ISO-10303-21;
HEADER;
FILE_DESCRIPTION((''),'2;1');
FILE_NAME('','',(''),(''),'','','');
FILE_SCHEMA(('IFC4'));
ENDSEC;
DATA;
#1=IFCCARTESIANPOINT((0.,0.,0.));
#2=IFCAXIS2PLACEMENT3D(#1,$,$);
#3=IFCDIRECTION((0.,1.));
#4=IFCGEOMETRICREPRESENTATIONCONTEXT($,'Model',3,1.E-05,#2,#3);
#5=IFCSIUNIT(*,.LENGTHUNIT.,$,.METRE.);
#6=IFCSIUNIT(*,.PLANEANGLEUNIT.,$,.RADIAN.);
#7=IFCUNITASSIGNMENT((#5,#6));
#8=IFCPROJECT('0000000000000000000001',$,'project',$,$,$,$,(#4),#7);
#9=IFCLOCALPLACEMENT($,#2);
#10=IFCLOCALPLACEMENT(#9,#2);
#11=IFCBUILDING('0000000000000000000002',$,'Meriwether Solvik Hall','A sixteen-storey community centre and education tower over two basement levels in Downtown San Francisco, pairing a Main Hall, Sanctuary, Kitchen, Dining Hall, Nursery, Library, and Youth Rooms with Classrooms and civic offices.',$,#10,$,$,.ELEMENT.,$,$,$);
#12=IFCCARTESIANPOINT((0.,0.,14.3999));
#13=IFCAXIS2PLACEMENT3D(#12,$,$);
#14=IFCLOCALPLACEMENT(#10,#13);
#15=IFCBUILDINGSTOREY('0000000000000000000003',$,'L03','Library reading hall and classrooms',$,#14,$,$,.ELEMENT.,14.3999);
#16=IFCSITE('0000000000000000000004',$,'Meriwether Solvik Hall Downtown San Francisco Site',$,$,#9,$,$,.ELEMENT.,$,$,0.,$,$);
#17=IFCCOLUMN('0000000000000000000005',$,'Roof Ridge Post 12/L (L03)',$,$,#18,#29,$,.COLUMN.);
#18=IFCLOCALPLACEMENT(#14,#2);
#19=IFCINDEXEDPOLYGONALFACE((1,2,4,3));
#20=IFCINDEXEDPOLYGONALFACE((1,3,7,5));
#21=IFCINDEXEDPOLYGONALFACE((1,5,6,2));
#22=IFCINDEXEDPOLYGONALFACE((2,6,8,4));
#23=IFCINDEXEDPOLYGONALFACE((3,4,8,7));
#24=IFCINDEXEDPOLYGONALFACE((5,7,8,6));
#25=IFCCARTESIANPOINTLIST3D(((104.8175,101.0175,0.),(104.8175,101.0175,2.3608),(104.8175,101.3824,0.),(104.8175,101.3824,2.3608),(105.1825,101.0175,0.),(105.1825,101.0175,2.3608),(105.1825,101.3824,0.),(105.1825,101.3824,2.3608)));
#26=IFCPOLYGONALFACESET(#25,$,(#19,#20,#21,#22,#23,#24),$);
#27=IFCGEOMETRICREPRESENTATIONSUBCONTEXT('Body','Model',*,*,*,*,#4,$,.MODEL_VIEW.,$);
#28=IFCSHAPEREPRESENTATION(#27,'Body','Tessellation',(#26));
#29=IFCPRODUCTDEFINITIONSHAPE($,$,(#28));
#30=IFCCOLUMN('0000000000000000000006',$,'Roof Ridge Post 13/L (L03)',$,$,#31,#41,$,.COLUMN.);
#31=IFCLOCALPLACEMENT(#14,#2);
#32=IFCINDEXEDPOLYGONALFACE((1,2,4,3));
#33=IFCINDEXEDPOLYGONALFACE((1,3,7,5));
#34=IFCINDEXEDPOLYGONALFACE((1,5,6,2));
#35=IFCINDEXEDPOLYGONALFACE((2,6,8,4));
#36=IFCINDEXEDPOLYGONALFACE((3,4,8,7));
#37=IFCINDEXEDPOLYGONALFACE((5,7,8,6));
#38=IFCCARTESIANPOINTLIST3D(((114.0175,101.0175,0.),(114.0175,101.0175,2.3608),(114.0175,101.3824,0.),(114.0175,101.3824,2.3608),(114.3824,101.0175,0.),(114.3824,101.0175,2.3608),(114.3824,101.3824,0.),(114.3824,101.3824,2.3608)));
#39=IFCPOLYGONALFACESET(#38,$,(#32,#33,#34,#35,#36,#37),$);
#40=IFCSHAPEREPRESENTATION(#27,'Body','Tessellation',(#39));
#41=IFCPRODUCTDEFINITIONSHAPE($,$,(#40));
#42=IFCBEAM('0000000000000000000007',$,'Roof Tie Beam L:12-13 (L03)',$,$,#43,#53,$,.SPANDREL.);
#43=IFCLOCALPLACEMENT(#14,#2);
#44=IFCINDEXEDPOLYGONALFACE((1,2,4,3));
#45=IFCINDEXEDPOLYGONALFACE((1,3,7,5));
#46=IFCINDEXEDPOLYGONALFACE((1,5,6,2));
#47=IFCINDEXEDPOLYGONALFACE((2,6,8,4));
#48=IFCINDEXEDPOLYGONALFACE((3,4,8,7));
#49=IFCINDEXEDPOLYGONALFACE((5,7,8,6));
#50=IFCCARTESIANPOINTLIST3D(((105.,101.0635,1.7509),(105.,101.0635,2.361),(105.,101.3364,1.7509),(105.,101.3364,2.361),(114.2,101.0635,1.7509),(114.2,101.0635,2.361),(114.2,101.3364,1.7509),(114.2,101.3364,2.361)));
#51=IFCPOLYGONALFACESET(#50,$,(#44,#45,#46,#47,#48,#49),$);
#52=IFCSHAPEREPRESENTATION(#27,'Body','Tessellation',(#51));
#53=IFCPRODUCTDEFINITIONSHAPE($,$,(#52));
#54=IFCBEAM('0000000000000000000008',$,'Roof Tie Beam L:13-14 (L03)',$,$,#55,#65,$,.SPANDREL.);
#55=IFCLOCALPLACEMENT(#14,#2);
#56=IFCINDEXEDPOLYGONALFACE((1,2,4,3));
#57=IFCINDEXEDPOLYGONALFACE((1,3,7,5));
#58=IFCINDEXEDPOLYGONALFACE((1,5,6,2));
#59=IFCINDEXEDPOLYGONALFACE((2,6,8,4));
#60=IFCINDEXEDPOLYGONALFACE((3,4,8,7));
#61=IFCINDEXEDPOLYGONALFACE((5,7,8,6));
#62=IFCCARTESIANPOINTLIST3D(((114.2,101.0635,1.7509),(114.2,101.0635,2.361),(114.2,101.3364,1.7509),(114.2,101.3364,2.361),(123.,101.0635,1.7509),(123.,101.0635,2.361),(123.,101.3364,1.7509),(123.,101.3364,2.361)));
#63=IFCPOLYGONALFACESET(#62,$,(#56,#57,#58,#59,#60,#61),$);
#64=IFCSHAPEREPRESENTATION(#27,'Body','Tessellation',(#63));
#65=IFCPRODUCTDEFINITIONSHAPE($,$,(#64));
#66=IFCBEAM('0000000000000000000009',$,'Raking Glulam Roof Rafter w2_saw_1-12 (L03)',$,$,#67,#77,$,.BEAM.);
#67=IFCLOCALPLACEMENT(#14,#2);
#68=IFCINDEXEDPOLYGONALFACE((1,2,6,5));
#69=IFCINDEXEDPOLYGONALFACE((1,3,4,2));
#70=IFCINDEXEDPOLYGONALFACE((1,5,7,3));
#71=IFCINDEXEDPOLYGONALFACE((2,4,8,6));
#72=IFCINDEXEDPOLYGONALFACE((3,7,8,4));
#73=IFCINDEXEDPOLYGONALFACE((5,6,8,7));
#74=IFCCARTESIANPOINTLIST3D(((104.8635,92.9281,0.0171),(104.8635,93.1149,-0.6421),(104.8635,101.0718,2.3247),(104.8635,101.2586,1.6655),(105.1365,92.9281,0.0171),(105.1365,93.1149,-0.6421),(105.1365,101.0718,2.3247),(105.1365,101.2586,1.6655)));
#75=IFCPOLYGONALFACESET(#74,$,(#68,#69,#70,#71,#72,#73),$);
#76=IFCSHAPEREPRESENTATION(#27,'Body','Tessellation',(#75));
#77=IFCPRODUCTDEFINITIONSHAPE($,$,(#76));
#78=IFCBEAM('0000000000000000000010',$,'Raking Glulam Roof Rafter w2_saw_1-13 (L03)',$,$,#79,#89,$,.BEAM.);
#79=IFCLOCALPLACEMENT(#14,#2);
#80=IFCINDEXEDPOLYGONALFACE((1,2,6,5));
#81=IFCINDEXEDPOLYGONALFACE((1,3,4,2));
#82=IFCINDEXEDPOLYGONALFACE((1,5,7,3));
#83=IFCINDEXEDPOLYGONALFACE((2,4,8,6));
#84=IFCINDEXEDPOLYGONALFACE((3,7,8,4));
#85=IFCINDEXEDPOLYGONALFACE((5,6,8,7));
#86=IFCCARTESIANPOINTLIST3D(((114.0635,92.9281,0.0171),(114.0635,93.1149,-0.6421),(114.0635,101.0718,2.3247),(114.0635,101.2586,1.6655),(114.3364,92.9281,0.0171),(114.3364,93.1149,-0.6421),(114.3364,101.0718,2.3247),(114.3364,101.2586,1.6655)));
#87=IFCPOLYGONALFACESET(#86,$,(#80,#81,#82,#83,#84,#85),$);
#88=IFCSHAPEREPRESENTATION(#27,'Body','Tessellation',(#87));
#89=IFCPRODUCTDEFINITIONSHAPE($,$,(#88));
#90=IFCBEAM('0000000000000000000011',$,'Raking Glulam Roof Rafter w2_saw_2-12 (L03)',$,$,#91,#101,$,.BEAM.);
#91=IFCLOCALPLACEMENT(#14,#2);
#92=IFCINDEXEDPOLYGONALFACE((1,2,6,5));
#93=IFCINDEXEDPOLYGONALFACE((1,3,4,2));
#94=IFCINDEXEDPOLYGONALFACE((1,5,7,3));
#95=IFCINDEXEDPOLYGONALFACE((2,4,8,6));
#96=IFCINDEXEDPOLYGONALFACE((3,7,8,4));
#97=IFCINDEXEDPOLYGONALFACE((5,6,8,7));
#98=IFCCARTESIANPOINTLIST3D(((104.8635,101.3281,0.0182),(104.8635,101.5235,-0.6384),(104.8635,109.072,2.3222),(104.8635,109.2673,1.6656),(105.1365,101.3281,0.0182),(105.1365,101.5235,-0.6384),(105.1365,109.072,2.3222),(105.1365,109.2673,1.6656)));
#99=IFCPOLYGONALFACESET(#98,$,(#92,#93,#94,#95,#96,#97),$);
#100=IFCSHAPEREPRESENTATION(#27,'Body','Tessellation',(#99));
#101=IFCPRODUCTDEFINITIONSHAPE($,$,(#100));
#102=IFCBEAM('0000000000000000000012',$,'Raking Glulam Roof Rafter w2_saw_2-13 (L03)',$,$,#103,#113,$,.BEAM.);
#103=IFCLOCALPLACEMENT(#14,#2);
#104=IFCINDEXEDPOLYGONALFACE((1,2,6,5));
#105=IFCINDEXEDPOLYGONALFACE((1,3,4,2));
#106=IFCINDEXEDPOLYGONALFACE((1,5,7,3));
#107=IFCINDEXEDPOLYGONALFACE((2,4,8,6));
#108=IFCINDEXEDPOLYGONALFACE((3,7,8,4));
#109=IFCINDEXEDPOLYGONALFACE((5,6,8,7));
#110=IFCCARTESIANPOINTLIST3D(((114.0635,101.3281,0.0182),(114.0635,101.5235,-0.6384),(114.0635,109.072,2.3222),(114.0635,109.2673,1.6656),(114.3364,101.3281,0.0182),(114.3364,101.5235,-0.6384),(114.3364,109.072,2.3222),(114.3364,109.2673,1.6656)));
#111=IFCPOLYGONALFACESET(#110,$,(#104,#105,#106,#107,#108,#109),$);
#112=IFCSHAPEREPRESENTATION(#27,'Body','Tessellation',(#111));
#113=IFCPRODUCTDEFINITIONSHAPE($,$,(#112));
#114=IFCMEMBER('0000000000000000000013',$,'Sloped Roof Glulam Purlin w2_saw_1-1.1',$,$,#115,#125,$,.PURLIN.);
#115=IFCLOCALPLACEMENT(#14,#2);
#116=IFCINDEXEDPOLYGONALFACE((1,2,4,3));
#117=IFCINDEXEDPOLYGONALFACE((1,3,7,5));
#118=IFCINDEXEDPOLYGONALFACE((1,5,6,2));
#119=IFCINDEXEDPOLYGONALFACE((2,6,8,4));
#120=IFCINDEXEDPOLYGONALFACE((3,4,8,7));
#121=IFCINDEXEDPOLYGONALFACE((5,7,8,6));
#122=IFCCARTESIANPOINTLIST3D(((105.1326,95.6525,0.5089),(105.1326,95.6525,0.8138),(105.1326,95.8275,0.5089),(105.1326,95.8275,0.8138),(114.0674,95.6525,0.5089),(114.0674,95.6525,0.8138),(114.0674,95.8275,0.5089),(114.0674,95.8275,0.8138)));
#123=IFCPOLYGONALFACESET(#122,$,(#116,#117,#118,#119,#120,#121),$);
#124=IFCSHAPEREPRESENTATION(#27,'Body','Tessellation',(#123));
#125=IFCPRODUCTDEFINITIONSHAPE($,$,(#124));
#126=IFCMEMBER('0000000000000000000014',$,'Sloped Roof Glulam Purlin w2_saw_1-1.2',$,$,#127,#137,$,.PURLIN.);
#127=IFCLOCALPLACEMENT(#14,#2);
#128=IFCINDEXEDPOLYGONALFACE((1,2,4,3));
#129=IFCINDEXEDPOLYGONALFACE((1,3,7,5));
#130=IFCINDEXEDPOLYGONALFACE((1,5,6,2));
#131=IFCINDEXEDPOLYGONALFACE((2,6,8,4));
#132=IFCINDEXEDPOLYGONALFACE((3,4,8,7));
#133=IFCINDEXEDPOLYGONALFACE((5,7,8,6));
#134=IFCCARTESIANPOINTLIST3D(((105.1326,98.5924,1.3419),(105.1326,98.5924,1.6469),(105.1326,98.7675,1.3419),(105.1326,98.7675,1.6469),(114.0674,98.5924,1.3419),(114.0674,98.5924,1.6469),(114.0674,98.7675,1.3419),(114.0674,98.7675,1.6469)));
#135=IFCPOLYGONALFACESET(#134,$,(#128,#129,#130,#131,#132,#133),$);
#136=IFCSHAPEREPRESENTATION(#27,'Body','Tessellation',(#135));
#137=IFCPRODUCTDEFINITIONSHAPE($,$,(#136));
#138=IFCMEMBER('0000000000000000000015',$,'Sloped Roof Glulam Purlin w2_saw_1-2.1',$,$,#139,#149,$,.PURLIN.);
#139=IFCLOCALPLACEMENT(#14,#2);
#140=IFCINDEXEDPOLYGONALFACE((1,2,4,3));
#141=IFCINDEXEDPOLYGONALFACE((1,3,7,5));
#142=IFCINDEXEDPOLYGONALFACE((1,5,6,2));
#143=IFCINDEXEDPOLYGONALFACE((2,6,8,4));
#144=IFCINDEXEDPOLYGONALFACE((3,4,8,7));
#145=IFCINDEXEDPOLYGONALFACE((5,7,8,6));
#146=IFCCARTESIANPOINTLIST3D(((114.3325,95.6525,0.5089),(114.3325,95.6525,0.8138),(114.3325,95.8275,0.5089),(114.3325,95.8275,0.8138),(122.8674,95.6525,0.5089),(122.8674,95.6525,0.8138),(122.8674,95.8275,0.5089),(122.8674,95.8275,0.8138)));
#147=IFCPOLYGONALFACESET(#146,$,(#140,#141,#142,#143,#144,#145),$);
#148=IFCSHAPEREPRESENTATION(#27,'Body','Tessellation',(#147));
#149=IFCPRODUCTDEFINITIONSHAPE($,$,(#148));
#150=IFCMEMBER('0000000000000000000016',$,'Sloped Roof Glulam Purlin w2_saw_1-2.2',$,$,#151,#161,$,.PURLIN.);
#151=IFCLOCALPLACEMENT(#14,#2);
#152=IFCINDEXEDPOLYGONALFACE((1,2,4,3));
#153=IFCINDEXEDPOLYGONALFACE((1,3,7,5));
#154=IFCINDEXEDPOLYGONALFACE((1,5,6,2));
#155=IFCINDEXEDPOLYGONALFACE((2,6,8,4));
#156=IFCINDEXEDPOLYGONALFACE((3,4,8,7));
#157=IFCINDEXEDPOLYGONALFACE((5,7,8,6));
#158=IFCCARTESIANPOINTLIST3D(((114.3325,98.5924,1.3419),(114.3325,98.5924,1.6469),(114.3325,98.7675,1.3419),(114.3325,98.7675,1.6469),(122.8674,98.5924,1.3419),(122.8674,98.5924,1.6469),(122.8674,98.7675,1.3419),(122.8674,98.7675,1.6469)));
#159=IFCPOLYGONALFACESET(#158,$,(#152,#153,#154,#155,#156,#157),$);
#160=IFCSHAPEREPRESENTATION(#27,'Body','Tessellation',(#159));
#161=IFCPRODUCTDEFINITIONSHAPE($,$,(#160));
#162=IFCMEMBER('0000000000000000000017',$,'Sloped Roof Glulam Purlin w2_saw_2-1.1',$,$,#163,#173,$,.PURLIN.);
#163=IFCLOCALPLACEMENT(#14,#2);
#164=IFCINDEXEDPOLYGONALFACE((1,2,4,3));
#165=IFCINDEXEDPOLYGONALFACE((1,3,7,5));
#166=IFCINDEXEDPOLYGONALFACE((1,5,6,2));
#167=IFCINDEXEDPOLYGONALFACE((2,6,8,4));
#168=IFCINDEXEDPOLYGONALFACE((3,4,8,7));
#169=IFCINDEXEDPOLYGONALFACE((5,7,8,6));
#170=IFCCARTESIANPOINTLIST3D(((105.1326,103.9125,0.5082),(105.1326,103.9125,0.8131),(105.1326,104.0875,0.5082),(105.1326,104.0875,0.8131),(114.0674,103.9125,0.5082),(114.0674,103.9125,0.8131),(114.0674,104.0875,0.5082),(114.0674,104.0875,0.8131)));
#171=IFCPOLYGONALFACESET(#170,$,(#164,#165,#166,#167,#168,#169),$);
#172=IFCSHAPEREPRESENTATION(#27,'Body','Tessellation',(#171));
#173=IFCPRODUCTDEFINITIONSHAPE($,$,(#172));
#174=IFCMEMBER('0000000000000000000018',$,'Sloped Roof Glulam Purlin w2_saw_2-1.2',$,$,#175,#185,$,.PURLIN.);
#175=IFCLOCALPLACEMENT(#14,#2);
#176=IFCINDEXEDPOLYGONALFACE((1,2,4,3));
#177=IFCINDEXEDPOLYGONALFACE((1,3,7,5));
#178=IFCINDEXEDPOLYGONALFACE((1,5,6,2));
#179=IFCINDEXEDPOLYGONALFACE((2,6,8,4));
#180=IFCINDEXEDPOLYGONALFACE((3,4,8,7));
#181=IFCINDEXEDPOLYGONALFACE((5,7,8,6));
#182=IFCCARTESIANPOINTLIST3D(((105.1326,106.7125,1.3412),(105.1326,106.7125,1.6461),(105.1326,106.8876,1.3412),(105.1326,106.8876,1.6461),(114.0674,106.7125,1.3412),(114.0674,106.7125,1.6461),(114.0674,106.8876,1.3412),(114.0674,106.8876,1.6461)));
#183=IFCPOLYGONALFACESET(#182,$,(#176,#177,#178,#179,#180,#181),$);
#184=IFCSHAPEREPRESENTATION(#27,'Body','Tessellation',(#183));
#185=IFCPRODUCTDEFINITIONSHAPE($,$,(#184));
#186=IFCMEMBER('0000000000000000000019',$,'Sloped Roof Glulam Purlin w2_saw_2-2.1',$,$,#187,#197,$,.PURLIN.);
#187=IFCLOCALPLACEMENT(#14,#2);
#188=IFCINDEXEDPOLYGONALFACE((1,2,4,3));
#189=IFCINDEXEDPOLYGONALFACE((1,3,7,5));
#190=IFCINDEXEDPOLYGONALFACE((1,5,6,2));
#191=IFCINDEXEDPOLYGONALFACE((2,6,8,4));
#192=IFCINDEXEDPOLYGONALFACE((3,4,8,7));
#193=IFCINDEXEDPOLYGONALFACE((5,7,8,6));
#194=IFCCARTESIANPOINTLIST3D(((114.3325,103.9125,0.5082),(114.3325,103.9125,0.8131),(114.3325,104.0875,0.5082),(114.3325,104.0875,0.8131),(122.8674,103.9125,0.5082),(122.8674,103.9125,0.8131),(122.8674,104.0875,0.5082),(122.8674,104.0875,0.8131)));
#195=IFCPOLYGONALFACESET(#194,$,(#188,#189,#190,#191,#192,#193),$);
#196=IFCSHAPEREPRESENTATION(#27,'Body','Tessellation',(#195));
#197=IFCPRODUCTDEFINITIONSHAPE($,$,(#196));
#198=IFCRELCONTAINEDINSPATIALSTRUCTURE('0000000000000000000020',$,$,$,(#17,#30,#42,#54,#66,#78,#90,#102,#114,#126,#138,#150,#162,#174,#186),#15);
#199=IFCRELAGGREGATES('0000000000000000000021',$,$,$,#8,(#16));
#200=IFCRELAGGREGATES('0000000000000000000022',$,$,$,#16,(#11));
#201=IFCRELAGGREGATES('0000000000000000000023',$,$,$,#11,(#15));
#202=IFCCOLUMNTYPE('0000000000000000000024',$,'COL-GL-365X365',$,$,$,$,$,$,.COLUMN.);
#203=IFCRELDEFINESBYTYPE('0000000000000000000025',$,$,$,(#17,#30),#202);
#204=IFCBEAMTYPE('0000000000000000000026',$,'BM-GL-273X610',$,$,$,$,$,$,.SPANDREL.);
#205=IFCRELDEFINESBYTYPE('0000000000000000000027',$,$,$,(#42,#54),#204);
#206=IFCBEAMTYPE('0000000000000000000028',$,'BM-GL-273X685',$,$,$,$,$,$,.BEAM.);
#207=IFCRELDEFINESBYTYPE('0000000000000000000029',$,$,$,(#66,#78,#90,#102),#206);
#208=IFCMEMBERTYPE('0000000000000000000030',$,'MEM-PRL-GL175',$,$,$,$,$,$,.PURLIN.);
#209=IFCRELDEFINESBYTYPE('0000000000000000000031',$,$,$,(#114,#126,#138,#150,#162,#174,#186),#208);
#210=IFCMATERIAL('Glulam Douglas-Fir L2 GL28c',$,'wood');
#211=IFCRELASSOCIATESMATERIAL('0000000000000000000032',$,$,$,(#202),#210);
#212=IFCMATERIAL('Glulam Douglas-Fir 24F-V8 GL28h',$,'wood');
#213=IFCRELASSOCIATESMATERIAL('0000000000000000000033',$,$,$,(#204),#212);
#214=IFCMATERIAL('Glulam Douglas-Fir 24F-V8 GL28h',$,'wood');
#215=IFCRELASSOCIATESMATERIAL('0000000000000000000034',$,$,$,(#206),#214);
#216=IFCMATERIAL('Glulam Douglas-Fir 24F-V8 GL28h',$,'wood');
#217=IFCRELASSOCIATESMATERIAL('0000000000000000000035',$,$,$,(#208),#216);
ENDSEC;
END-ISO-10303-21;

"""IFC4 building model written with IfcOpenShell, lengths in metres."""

from ifc_helpers import new_model, si_unit, direction, frame, origin, origin_2d, place, context, subcontext, project, spatial, rectangle, extrude, material, material_profile, profile_set, type_object, element, save


model = new_model("IFC4")

# Units and contexts
model_context = context("Model", 3, precision=1e-05, world=origin(), true_north=direction((0.0, 1.0)))
body_context = subcontext(model_context, "Body", "Model", "MODEL_VIEW")
ifc_project = project(units=[si_unit("LENGTHUNIT", "METRE"), si_unit("PLANEANGLEUNIT", "RADIAN")], contexts=[model_context])

# Site, building, storey
site_placement = place(None, origin())
site = spatial("IfcSite", under=ifc_project, at=site_placement, Name="Meriwether Solvik Hall Downtown San Francisco Site", CompositionType="ELEMENT", RefElevation=0.0)
building_placement = place(site_placement, origin())
building = spatial("IfcBuilding", under=site, at=building_placement, Name="Meriwether Solvik Hall", Description="A sixteen-storey community centre and education tower over two basement levels in Downtown San Francisco, pairing a Main Hall, Sanctuary, Kitchen, Dining Hall, Nursery, Library, and Youth Rooms with Classrooms and civic offices.", CompositionType="ELEMENT")
storey_placement = place(building_placement, frame((0.0, 0.0, 14.3999)))
storey = spatial("IfcBuildingStorey", under=building, at=storey_placement, Name="L03", Description="Library reading hall and classrooms", CompositionType="ELEMENT", Elevation=14.3999)

# Columns
ifc_material_1 = material(Name="Glulam Douglas-Fir L2 GL28c", Category="wood")
ifc_material_profile_1 = material_profile(ifc_material_1, rectangle(XDim=0.365, YDim=0.365, at=origin_2d()), Name="GLC-365X365")
ifc_profile_set_1 = profile_set([ifc_material_profile_1], Name="Glulam Douglas-Fir L2 GL28c")
column_type = type_object("IfcColumnType", Name="COL-GL-365X365", PredefinedType="COLUMN", material=ifc_profile_set_1)
for number, where, z_axis, x_axis, name in (
    (1, (105.0, 101.2, 0.0), (0.0, 0.0, 1.0), (1.0, 0.0, 0.0), "Roof Ridge Post 12/L (L03)"),
    (2, (114.2, 101.2, 0.0), (0.0, 0.0, 1.0), (1.0, 0.0, 0.0), "Roof Ridge Post 13/L (L03)"),
):
    element("IfcColumn", number, at=place(storey_placement, frame(where, z_axis=z_axis, x_axis=x_axis)), inside=storey, type_object=column_type, Name=name, PredefinedType="COLUMN", context=body_context, shape_type="SweptSolid", body=[
        extrude(rectangle(XDim=0.365, YDim=0.365, at=origin_2d()), origin(), (0.0, 0.0, 1.0), 2.3608),
    ])

# Beams
ifc_material_2 = material(Name="Glulam Douglas-Fir 24F-V8 GL28h", Category="wood")
ifc_material_profile_2 = material_profile(ifc_material_2, rectangle(XDim=0.2729, YDim=0.6101, at=origin_2d()), Name="GLB-273X610")
ifc_profile_set_2 = profile_set([ifc_material_profile_2], Name="Glulam Douglas-Fir 24F-V8 GL28h")
beam_type_1 = type_object("IfcBeamType", Name="BM-GL-273X610", PredefinedType="SPANDREL", material=ifc_profile_set_2)
beam_1_placement = place(storey_placement, frame((105.0, 101.2, 2.0559), z_axis=(1.0, 0.0, 0.0), x_axis=(0.0, 1.0, 0.0)))
element("IfcBeam", 3, at=beam_1_placement, inside=storey, type_object=beam_type_1, Name="Roof Tie Beam L:12-13 (L03)", PredefinedType="SPANDREL", context=body_context, shape_type="SweptSolid", body=[
    extrude(rectangle(XDim=0.2729, YDim=0.6101, at=origin_2d()), origin(), (0.0, 0.0, 1.0), 9.2),
])
beam_2_placement = place(storey_placement, frame((114.2, 101.2, 2.0559), z_axis=(1.0, 0.0, 0.0), x_axis=(0.0, 1.0, 0.0)))
element("IfcBeam", 4, at=beam_2_placement, inside=storey, type_object=beam_type_1, Name="Roof Tie Beam L:13-14 (L03)", PredefinedType="SPANDREL", context=body_context, shape_type="SweptSolid", body=[
    extrude(rectangle(XDim=0.2729, YDim=0.6101, at=origin_2d()), origin(), (0.0, 0.0, 1.0), 8.8),
])
ifc_material_3 = material(Name="Glulam Douglas-Fir 24F-V8 GL28h", Category="wood")
ifc_material_profile_3 = material_profile(ifc_material_3, rectangle(XDim=0.2729, YDim=0.6851, at=origin_2d()), Name="GLB-273X685")
ifc_profile_set_3 = profile_set([ifc_material_profile_3], Name="Glulam Douglas-Fir 24F-V8 GL28h")
beam_type_2 = type_object("IfcBeamType", Name="BM-GL-273X685", PredefinedType="BEAM", material=ifc_profile_set_3)
for number, where, z_axis, x_axis, name in (
    (5, (105.0, 93.0215, -0.3125), (0.0, 0.96212, 0.272625), (-1.0, 0.0, 0.0), "Raking Glulam Roof Rafter w2_saw_1-12 (L03)"),
    (6, (114.2, 93.0215, -0.3125), (0.0, 0.96212, 0.272625), (-1.0, 0.0, 0.0), "Raking Glulam Roof Rafter w2_saw_1-13 (L03)"),
):
    element("IfcBeam", number, at=place(storey_placement, frame(where, z_axis=z_axis, x_axis=x_axis)), inside=storey, type_object=beam_type_2, Name=name, PredefinedType="BEAM", context=body_context, shape_type="SweptSolid", body=[
        extrude(rectangle(XDim=0.2729, YDim=0.6851, at=origin_2d()), origin(), (0.0, 0.0, 1.0), 8.4644),
    ])
for number, where, z_axis, x_axis, name in (
    (7, (105.0, 101.4258, -0.3101), (0.0, 0.958478, 0.285165), (-1.0, 0.0, 0.0), "Raking Glulam Roof Rafter w2_saw_2-12 (L03)"),
    (8, (114.2, 101.4258, -0.3101), (0.0, 0.958478, 0.285165), (-1.0, 0.0, 0.0), "Raking Glulam Roof Rafter w2_saw_2-13 (L03)"),
):
    element("IfcBeam", number, at=place(storey_placement, frame(where, z_axis=z_axis, x_axis=x_axis)), inside=storey, type_object=beam_type_2, Name=name, PredefinedType="BEAM", context=body_context, shape_type="SweptSolid", body=[
        extrude(rectangle(XDim=0.2729, YDim=0.6851, at=origin_2d()), origin(), (0.0, 0.0, 1.0), 8.0793),
    ])

# Members
ifc_material_4 = material(Name="Glulam Douglas-Fir 24F-V8 GL28h", Category="wood")
ifc_material_profile_4 = material_profile(ifc_material_4, rectangle(XDim=0.175, YDim=0.3049, at=origin_2d()), Name="GLM-175X305")
ifc_profile_set_4 = profile_set([ifc_material_profile_4], Name="Glulam Douglas-Fir 24F-V8 GL28h")
member_type = type_object("IfcMemberType", Name="MEM-PRL-GL175", PredefinedType="PURLIN", material=ifc_profile_set_4)
for number, where, z_axis, x_axis, name in (
    (9, (105.1326, 95.74, 0.6614), (1.0, 0.0, 0.0), (0.0, 1.0, 0.0), "Sloped Roof Glulam Purlin w2_saw_1-1.1"),
    (10, (105.1326, 98.6799, 1.4944), (1.0, 0.0, 0.0), (0.0, 1.0, 0.0), "Sloped Roof Glulam Purlin w2_saw_1-1.2"),
):
    element("IfcMember", number, at=place(storey_placement, frame(where, z_axis=z_axis, x_axis=x_axis)), inside=storey, type_object=member_type, Name=name, PredefinedType="PURLIN", context=body_context, shape_type="SweptSolid", body=[
        extrude(rectangle(XDim=0.175, YDim=0.3049, at=origin_2d()), origin(), (0.0, 0.0, 1.0), 8.9348),
    ])
for number, where, z_axis, x_axis, name in (
    (11, (114.3325, 95.74, 0.6614), (1.0, 0.0, 0.0), (0.0, 1.0, 0.0), "Sloped Roof Glulam Purlin w2_saw_1-2.1"),
    (12, (114.3325, 98.6799, 1.4944), (1.0, 0.0, 0.0), (0.0, 1.0, 0.0), "Sloped Roof Glulam Purlin w2_saw_1-2.2"),
):
    element("IfcMember", number, at=place(storey_placement, frame(where, z_axis=z_axis, x_axis=x_axis)), inside=storey, type_object=member_type, Name=name, PredefinedType="PURLIN", context=body_context, shape_type="SweptSolid", body=[
        extrude(rectangle(XDim=0.175, YDim=0.3049, at=origin_2d()), origin(), (0.0, 0.0, 1.0), 8.5349),
    ])
for number, where, z_axis, x_axis, name in (
    (13, (105.1326, 104.0, 0.6606), (1.0, 0.0, 0.0), (0.0, 1.0, 0.0), "Sloped Roof Glulam Purlin w2_saw_2-1.1"),
    (14, (105.1326, 106.8, 1.4937), (1.0, 0.0, 0.0), (0.0, 1.0, 0.0), "Sloped Roof Glulam Purlin w2_saw_2-1.2"),
):
    element("IfcMember", number, at=place(storey_placement, frame(where, z_axis=z_axis, x_axis=x_axis)), inside=storey, type_object=member_type, Name=name, PredefinedType="PURLIN", context=body_context, shape_type="SweptSolid", body=[
        extrude(rectangle(XDim=0.175, YDim=0.3049, at=origin_2d()), origin(), (0.0, 0.0, 1.0), 8.9348),
    ])
member_placement = place(storey_placement, frame((114.3325, 104.0, 0.6606), z_axis=(1.0, 0.0, 0.0), x_axis=(0.0, 1.0, 0.0)))
element("IfcMember", 15, at=member_placement, inside=storey, type_object=member_type, Name="Sloped Roof Glulam Purlin w2_saw_2-2.1", PredefinedType="PURLIN", context=body_context, shape_type="SweptSolid", body=[
    extrude(rectangle(XDim=0.175, YDim=0.3049, at=origin_2d()), origin(), (0.0, 0.0, 1.0), 8.5349),
])

save(model, "model.ifc")
